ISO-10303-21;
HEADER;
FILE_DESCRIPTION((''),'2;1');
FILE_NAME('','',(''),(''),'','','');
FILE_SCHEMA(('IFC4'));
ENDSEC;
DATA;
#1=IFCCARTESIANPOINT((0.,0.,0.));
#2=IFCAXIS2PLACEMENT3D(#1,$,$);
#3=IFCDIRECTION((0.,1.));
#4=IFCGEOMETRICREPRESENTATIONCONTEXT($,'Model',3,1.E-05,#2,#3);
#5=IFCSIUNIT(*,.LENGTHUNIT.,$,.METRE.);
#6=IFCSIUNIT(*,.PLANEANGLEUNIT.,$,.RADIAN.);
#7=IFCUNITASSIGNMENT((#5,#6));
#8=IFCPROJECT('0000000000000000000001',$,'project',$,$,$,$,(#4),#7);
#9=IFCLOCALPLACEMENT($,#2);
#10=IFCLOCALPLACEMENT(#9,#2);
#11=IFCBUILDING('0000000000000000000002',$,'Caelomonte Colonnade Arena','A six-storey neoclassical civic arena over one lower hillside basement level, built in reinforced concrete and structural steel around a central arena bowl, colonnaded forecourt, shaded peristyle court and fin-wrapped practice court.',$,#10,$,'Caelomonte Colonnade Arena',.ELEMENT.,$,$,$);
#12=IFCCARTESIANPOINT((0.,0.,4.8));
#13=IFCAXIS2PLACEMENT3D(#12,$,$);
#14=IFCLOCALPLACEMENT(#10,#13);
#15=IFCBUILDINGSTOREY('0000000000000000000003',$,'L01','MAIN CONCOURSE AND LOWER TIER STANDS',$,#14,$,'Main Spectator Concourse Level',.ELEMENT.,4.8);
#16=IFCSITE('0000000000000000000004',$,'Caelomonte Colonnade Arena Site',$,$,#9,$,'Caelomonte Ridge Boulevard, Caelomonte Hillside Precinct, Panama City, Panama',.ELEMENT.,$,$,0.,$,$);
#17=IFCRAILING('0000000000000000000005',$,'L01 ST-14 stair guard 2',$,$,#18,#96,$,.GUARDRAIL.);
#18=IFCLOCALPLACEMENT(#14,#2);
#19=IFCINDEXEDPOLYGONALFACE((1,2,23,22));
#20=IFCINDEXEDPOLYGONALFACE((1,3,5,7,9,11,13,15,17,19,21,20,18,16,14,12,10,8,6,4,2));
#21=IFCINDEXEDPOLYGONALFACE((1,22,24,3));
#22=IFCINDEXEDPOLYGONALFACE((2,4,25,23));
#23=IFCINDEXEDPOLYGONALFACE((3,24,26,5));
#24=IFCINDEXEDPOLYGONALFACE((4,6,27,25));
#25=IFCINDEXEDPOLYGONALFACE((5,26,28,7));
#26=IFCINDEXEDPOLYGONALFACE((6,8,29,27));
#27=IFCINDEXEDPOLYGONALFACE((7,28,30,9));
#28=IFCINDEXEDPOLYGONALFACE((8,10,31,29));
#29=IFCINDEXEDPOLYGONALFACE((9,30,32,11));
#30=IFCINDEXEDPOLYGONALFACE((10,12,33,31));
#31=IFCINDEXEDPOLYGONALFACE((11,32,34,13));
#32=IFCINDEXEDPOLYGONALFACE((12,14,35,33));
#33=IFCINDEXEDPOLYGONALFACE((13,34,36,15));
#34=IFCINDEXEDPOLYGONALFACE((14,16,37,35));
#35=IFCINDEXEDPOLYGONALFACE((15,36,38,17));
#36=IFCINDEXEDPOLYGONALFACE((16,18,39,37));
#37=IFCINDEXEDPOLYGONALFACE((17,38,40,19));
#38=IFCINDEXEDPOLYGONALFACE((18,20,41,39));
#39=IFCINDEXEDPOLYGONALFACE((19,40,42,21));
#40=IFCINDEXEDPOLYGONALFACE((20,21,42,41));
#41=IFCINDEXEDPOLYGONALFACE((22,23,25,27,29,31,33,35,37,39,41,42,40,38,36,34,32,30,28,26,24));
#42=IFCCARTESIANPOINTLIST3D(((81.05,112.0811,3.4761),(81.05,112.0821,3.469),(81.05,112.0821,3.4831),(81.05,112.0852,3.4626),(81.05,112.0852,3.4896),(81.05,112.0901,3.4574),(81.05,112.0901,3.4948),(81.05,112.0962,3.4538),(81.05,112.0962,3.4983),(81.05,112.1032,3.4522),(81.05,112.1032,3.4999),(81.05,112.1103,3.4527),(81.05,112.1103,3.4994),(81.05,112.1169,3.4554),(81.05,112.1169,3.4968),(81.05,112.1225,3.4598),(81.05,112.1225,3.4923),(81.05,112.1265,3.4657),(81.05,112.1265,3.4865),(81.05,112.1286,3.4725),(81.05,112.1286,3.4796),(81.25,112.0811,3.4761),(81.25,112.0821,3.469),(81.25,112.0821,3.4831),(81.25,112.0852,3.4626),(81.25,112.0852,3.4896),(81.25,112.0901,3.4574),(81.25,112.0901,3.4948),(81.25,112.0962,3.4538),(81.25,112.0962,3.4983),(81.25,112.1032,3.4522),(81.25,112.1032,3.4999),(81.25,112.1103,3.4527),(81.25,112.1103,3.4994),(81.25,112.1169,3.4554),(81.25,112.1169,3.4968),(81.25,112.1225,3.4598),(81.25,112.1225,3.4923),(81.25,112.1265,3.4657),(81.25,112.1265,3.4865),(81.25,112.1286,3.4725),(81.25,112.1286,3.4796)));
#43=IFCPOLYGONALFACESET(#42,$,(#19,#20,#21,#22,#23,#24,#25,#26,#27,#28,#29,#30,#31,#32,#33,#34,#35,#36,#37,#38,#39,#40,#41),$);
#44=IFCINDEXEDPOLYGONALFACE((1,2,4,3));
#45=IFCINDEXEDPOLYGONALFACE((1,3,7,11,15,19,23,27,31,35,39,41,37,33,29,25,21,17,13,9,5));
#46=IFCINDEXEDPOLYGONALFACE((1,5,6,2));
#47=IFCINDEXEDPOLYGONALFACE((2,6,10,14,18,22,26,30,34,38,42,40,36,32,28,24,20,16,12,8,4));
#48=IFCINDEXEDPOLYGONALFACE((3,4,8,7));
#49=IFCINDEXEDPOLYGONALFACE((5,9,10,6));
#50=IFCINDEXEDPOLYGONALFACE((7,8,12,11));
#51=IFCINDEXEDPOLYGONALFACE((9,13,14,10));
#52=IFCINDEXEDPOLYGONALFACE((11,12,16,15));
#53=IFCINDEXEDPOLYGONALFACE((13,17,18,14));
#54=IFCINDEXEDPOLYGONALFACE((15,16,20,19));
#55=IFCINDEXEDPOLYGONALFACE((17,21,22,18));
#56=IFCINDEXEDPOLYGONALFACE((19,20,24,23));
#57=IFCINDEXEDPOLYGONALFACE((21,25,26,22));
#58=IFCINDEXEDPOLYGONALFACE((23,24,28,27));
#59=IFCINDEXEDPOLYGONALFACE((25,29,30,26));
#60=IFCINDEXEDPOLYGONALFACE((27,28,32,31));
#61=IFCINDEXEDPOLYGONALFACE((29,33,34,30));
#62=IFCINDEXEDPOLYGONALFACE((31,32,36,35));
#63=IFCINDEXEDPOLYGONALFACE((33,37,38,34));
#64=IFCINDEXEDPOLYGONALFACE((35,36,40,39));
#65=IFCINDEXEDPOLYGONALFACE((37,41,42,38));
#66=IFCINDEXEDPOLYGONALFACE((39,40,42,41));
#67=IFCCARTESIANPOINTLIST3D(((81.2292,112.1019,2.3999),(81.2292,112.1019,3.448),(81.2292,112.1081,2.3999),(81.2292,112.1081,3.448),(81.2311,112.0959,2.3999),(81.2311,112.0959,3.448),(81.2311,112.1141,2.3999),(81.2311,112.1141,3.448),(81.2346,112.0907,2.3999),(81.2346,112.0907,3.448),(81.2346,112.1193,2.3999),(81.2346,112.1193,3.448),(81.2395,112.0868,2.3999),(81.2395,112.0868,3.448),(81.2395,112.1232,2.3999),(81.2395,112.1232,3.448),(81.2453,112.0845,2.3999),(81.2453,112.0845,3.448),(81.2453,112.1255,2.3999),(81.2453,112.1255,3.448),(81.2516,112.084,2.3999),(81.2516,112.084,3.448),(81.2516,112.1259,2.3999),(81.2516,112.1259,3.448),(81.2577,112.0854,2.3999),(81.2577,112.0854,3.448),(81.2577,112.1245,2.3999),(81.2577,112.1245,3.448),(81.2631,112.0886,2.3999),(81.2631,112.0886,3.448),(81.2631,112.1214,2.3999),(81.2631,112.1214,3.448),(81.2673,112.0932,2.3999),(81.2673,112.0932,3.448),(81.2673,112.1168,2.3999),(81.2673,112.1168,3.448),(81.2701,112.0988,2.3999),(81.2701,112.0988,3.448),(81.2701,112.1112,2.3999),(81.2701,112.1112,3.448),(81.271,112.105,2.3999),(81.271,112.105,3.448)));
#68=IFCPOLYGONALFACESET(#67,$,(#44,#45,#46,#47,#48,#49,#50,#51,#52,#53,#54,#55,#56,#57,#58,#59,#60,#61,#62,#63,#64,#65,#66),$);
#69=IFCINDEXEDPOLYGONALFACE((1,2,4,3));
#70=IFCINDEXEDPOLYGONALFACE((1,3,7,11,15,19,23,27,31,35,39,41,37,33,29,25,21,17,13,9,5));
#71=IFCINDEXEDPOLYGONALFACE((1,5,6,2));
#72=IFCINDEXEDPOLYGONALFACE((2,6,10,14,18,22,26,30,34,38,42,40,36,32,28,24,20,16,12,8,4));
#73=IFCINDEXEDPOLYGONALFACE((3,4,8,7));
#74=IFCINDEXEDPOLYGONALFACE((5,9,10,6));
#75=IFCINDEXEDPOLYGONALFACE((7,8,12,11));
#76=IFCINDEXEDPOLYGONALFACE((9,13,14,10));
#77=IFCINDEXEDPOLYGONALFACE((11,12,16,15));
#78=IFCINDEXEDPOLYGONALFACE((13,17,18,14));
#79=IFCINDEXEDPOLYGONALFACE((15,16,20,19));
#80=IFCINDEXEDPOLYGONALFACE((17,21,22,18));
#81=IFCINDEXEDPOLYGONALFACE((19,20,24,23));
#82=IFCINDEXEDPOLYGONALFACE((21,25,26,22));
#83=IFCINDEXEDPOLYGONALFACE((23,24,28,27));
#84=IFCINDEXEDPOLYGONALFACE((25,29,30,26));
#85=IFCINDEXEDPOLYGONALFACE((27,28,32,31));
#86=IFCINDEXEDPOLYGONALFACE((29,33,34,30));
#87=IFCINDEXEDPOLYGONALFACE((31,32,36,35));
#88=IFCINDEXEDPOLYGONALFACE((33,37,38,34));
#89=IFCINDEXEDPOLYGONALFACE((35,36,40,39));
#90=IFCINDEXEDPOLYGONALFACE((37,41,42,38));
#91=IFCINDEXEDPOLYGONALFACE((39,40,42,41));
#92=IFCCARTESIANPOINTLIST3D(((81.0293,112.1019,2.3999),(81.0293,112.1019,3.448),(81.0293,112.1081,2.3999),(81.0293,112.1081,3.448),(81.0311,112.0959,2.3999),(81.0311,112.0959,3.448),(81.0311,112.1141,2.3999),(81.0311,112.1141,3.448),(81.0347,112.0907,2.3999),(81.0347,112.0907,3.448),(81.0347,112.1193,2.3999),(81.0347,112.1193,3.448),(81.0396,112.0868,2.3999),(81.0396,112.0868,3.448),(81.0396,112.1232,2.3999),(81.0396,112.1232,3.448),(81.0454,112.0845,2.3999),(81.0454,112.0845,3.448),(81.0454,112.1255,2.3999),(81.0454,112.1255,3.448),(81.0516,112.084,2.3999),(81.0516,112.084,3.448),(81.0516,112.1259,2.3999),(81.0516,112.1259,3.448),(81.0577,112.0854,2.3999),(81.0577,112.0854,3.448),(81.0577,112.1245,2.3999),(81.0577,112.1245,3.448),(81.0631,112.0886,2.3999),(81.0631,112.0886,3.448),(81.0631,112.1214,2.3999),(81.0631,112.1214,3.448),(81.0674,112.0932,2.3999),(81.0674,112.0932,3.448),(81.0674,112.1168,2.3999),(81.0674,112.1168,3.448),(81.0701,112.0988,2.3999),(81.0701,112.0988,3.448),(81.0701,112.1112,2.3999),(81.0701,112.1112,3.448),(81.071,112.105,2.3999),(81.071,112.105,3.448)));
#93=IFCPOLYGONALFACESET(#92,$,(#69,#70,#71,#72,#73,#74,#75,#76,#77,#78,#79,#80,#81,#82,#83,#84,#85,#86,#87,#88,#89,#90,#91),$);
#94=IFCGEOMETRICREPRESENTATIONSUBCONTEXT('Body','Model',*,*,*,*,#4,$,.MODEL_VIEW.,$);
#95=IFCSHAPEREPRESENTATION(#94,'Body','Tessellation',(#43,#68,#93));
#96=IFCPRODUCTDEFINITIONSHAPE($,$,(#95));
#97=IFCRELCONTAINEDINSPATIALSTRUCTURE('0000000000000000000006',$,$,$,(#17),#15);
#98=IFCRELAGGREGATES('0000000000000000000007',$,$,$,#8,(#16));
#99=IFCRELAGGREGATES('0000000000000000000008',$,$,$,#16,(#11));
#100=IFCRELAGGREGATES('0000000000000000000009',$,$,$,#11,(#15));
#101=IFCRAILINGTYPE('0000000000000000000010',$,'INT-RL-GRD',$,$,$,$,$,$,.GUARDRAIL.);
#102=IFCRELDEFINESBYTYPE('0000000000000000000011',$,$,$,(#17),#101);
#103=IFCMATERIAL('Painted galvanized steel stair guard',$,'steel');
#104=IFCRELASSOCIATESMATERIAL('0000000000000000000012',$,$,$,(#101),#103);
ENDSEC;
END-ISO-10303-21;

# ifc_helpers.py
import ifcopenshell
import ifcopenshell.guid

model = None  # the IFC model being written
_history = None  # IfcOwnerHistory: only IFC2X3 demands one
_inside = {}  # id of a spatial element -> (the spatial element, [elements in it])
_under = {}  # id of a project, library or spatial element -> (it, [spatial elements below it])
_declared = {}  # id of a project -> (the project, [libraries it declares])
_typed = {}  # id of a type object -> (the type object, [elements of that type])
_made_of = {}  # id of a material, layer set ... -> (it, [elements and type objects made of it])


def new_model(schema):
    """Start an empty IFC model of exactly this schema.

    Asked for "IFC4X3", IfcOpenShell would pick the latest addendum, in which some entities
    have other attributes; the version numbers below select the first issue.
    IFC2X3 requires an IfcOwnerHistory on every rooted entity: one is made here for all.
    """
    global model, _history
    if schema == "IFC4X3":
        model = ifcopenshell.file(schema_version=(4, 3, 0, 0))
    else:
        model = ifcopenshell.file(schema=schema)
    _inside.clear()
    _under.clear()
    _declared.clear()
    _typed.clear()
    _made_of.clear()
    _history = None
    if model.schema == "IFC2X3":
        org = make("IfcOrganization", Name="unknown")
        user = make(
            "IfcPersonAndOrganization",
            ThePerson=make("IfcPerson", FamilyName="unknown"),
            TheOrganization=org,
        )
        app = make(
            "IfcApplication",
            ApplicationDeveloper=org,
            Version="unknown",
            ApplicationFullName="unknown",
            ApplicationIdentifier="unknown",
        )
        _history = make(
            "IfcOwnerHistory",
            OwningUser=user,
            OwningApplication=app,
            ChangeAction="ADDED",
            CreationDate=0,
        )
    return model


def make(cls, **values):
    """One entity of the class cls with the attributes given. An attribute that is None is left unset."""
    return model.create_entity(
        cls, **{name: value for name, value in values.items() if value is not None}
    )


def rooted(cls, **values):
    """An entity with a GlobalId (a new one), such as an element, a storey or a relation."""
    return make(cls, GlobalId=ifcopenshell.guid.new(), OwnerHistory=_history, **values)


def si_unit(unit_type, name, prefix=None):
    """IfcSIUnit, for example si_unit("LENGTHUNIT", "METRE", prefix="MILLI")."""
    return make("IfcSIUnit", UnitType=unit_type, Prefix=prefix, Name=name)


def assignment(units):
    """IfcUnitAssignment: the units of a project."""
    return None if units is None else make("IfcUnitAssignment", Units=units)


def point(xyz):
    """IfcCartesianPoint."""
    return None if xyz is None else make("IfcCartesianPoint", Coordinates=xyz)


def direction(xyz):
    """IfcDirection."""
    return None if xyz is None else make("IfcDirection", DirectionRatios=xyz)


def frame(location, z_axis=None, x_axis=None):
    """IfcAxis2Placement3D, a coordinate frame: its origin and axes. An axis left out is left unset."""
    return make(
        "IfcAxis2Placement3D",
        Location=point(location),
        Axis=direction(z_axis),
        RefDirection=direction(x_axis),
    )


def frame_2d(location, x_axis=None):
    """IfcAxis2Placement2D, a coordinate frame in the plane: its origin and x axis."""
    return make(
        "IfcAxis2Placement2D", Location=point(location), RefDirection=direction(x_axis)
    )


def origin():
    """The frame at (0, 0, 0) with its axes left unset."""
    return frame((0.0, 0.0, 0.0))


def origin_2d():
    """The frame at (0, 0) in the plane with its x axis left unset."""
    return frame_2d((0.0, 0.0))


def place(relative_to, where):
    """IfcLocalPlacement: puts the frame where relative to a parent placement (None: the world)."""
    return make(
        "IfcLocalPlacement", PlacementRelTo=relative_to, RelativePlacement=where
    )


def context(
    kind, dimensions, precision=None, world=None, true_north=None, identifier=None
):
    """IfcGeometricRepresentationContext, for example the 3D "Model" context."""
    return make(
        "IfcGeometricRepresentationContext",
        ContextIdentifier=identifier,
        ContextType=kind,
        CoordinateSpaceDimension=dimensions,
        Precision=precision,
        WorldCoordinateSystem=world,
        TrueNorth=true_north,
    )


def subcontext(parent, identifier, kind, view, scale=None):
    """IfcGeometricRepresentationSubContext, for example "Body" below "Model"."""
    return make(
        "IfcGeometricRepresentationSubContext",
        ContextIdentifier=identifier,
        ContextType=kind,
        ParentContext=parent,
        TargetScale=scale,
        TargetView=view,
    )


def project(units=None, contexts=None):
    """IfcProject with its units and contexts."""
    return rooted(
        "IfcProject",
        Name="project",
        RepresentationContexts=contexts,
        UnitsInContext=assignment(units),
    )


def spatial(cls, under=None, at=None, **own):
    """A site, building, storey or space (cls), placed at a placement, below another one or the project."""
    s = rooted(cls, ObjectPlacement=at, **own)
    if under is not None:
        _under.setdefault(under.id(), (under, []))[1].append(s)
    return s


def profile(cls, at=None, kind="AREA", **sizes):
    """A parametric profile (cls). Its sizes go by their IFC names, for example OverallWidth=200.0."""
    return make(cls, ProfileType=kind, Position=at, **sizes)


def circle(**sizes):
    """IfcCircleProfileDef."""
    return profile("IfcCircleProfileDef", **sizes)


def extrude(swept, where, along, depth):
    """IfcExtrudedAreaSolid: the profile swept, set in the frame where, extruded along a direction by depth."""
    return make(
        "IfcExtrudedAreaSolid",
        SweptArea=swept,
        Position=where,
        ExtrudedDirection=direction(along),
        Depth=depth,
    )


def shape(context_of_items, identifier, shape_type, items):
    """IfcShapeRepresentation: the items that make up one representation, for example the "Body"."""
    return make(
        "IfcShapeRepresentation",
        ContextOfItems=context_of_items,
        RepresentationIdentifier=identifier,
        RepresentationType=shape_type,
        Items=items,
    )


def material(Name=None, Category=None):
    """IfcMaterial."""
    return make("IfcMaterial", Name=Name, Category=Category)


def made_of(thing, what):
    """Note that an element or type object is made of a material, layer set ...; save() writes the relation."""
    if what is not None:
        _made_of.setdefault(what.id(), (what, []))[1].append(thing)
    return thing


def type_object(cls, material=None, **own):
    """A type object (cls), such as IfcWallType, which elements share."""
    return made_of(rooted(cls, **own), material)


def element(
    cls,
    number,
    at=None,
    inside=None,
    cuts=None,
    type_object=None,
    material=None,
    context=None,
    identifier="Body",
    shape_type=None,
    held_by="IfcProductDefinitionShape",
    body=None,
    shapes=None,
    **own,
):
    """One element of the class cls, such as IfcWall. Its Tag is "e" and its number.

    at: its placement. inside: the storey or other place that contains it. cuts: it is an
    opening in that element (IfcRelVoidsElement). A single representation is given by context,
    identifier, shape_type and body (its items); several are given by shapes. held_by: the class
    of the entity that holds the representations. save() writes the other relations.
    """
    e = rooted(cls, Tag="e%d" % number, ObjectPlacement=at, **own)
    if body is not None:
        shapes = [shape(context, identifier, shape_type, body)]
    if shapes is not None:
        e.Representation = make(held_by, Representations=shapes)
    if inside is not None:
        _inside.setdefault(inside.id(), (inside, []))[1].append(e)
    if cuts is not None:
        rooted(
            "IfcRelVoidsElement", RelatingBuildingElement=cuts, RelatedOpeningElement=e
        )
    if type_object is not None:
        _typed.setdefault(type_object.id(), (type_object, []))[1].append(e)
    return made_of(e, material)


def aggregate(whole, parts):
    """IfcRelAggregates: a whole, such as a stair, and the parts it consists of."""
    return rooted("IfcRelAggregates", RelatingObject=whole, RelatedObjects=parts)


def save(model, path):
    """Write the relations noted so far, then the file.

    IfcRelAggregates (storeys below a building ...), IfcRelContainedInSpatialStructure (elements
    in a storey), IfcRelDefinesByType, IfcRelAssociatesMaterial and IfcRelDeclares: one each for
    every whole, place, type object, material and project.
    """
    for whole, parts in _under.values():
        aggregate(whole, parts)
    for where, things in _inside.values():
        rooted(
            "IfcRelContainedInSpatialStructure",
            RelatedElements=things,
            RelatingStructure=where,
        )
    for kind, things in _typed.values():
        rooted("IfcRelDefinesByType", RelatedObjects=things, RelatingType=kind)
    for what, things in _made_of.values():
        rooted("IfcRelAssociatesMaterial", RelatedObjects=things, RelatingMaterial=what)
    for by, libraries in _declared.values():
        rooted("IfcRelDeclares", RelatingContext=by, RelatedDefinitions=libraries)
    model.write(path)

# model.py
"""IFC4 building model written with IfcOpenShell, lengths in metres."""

from ifc_helpers import new_model, si_unit, direction, frame, origin, origin_2d, place, context, subcontext, project, spatial, circle, extrude, material, type_object, element, save


model = new_model("IFC4")

# Units and contexts
model_context = context("Model", 3, precision=1e-05, world=origin(), true_north=direction((0.0, 1.0)))
body_context = subcontext(model_context, "Body", "Model", "MODEL_VIEW")
ifc_project = project(units=[si_unit("LENGTHUNIT", "METRE"), si_unit("PLANEANGLEUNIT", "RADIAN")], contexts=[model_context])

# Site, building, storey
site_placement = place(None, origin())
site = spatial("IfcSite", under=ifc_project, at=site_placement, Name="Caelomonte Colonnade Arena Site", LongName="Caelomonte Ridge Boulevard, Caelomonte Hillside Precinct, Panama City, Panama", CompositionType="ELEMENT", RefElevation=0.0)
building_placement = place(site_placement, origin())
building = spatial("IfcBuilding", under=site, at=building_placement, Name="Caelomonte Colonnade Arena", Description="A six-storey neoclassical civic arena over one lower hillside basement level, built in reinforced concrete and structural steel around a central arena bowl, colonnaded forecourt, shaded peristyle court and fin-wrapped practice court.", LongName="Caelomonte Colonnade Arena", CompositionType="ELEMENT")
storey_placement = place(building_placement, frame((0.0, 0.0, 4.8)))
storey = spatial("IfcBuildingStorey", under=building, at=storey_placement, Name="L01", Description="MAIN CONCOURSE AND LOWER TIER STANDS", LongName="Main Spectator Concourse Level", CompositionType="ELEMENT", Elevation=4.8)

# Railing
ifc_material_1 = material(Name="Painted galvanized steel stair guard", Category="steel")
railing_type_1 = type_object("IfcRailingType", Name="INT-RL-GRD", PredefinedType="GUARDRAIL", material=ifc_material_1)
railing_1_placement = place(storey_placement, frame((81.25, 112.105, 2.3999)))
element("IfcRailing", 1, at=railing_1_placement, inside=storey, type_object=railing_type_1, Name="L01 ST-14 stair guard 2", PredefinedType="GUARDRAIL", context=body_context, shape_type="SweptSolid", body=[
    extrude(circle(Radius=0.0239, at=origin_2d()), frame((0.0, 0.0, 1.0762), z_axis=(-1.0, 0.0, 0.0), x_axis=(0.0, -1.0, 0.0)), (0.0, 0.0, 1.0), 0.2),
    extrude(circle(Radius=0.021, at=origin_2d()), origin(), (0.0, 0.0, 1.0), 1.0481),
    extrude(circle(Radius=0.021, at=origin_2d()), frame((-0.2, 0.0, 0.0)), (0.0, 0.0, 1.0), 1.0481),
])

save(model, "model.ifc")
